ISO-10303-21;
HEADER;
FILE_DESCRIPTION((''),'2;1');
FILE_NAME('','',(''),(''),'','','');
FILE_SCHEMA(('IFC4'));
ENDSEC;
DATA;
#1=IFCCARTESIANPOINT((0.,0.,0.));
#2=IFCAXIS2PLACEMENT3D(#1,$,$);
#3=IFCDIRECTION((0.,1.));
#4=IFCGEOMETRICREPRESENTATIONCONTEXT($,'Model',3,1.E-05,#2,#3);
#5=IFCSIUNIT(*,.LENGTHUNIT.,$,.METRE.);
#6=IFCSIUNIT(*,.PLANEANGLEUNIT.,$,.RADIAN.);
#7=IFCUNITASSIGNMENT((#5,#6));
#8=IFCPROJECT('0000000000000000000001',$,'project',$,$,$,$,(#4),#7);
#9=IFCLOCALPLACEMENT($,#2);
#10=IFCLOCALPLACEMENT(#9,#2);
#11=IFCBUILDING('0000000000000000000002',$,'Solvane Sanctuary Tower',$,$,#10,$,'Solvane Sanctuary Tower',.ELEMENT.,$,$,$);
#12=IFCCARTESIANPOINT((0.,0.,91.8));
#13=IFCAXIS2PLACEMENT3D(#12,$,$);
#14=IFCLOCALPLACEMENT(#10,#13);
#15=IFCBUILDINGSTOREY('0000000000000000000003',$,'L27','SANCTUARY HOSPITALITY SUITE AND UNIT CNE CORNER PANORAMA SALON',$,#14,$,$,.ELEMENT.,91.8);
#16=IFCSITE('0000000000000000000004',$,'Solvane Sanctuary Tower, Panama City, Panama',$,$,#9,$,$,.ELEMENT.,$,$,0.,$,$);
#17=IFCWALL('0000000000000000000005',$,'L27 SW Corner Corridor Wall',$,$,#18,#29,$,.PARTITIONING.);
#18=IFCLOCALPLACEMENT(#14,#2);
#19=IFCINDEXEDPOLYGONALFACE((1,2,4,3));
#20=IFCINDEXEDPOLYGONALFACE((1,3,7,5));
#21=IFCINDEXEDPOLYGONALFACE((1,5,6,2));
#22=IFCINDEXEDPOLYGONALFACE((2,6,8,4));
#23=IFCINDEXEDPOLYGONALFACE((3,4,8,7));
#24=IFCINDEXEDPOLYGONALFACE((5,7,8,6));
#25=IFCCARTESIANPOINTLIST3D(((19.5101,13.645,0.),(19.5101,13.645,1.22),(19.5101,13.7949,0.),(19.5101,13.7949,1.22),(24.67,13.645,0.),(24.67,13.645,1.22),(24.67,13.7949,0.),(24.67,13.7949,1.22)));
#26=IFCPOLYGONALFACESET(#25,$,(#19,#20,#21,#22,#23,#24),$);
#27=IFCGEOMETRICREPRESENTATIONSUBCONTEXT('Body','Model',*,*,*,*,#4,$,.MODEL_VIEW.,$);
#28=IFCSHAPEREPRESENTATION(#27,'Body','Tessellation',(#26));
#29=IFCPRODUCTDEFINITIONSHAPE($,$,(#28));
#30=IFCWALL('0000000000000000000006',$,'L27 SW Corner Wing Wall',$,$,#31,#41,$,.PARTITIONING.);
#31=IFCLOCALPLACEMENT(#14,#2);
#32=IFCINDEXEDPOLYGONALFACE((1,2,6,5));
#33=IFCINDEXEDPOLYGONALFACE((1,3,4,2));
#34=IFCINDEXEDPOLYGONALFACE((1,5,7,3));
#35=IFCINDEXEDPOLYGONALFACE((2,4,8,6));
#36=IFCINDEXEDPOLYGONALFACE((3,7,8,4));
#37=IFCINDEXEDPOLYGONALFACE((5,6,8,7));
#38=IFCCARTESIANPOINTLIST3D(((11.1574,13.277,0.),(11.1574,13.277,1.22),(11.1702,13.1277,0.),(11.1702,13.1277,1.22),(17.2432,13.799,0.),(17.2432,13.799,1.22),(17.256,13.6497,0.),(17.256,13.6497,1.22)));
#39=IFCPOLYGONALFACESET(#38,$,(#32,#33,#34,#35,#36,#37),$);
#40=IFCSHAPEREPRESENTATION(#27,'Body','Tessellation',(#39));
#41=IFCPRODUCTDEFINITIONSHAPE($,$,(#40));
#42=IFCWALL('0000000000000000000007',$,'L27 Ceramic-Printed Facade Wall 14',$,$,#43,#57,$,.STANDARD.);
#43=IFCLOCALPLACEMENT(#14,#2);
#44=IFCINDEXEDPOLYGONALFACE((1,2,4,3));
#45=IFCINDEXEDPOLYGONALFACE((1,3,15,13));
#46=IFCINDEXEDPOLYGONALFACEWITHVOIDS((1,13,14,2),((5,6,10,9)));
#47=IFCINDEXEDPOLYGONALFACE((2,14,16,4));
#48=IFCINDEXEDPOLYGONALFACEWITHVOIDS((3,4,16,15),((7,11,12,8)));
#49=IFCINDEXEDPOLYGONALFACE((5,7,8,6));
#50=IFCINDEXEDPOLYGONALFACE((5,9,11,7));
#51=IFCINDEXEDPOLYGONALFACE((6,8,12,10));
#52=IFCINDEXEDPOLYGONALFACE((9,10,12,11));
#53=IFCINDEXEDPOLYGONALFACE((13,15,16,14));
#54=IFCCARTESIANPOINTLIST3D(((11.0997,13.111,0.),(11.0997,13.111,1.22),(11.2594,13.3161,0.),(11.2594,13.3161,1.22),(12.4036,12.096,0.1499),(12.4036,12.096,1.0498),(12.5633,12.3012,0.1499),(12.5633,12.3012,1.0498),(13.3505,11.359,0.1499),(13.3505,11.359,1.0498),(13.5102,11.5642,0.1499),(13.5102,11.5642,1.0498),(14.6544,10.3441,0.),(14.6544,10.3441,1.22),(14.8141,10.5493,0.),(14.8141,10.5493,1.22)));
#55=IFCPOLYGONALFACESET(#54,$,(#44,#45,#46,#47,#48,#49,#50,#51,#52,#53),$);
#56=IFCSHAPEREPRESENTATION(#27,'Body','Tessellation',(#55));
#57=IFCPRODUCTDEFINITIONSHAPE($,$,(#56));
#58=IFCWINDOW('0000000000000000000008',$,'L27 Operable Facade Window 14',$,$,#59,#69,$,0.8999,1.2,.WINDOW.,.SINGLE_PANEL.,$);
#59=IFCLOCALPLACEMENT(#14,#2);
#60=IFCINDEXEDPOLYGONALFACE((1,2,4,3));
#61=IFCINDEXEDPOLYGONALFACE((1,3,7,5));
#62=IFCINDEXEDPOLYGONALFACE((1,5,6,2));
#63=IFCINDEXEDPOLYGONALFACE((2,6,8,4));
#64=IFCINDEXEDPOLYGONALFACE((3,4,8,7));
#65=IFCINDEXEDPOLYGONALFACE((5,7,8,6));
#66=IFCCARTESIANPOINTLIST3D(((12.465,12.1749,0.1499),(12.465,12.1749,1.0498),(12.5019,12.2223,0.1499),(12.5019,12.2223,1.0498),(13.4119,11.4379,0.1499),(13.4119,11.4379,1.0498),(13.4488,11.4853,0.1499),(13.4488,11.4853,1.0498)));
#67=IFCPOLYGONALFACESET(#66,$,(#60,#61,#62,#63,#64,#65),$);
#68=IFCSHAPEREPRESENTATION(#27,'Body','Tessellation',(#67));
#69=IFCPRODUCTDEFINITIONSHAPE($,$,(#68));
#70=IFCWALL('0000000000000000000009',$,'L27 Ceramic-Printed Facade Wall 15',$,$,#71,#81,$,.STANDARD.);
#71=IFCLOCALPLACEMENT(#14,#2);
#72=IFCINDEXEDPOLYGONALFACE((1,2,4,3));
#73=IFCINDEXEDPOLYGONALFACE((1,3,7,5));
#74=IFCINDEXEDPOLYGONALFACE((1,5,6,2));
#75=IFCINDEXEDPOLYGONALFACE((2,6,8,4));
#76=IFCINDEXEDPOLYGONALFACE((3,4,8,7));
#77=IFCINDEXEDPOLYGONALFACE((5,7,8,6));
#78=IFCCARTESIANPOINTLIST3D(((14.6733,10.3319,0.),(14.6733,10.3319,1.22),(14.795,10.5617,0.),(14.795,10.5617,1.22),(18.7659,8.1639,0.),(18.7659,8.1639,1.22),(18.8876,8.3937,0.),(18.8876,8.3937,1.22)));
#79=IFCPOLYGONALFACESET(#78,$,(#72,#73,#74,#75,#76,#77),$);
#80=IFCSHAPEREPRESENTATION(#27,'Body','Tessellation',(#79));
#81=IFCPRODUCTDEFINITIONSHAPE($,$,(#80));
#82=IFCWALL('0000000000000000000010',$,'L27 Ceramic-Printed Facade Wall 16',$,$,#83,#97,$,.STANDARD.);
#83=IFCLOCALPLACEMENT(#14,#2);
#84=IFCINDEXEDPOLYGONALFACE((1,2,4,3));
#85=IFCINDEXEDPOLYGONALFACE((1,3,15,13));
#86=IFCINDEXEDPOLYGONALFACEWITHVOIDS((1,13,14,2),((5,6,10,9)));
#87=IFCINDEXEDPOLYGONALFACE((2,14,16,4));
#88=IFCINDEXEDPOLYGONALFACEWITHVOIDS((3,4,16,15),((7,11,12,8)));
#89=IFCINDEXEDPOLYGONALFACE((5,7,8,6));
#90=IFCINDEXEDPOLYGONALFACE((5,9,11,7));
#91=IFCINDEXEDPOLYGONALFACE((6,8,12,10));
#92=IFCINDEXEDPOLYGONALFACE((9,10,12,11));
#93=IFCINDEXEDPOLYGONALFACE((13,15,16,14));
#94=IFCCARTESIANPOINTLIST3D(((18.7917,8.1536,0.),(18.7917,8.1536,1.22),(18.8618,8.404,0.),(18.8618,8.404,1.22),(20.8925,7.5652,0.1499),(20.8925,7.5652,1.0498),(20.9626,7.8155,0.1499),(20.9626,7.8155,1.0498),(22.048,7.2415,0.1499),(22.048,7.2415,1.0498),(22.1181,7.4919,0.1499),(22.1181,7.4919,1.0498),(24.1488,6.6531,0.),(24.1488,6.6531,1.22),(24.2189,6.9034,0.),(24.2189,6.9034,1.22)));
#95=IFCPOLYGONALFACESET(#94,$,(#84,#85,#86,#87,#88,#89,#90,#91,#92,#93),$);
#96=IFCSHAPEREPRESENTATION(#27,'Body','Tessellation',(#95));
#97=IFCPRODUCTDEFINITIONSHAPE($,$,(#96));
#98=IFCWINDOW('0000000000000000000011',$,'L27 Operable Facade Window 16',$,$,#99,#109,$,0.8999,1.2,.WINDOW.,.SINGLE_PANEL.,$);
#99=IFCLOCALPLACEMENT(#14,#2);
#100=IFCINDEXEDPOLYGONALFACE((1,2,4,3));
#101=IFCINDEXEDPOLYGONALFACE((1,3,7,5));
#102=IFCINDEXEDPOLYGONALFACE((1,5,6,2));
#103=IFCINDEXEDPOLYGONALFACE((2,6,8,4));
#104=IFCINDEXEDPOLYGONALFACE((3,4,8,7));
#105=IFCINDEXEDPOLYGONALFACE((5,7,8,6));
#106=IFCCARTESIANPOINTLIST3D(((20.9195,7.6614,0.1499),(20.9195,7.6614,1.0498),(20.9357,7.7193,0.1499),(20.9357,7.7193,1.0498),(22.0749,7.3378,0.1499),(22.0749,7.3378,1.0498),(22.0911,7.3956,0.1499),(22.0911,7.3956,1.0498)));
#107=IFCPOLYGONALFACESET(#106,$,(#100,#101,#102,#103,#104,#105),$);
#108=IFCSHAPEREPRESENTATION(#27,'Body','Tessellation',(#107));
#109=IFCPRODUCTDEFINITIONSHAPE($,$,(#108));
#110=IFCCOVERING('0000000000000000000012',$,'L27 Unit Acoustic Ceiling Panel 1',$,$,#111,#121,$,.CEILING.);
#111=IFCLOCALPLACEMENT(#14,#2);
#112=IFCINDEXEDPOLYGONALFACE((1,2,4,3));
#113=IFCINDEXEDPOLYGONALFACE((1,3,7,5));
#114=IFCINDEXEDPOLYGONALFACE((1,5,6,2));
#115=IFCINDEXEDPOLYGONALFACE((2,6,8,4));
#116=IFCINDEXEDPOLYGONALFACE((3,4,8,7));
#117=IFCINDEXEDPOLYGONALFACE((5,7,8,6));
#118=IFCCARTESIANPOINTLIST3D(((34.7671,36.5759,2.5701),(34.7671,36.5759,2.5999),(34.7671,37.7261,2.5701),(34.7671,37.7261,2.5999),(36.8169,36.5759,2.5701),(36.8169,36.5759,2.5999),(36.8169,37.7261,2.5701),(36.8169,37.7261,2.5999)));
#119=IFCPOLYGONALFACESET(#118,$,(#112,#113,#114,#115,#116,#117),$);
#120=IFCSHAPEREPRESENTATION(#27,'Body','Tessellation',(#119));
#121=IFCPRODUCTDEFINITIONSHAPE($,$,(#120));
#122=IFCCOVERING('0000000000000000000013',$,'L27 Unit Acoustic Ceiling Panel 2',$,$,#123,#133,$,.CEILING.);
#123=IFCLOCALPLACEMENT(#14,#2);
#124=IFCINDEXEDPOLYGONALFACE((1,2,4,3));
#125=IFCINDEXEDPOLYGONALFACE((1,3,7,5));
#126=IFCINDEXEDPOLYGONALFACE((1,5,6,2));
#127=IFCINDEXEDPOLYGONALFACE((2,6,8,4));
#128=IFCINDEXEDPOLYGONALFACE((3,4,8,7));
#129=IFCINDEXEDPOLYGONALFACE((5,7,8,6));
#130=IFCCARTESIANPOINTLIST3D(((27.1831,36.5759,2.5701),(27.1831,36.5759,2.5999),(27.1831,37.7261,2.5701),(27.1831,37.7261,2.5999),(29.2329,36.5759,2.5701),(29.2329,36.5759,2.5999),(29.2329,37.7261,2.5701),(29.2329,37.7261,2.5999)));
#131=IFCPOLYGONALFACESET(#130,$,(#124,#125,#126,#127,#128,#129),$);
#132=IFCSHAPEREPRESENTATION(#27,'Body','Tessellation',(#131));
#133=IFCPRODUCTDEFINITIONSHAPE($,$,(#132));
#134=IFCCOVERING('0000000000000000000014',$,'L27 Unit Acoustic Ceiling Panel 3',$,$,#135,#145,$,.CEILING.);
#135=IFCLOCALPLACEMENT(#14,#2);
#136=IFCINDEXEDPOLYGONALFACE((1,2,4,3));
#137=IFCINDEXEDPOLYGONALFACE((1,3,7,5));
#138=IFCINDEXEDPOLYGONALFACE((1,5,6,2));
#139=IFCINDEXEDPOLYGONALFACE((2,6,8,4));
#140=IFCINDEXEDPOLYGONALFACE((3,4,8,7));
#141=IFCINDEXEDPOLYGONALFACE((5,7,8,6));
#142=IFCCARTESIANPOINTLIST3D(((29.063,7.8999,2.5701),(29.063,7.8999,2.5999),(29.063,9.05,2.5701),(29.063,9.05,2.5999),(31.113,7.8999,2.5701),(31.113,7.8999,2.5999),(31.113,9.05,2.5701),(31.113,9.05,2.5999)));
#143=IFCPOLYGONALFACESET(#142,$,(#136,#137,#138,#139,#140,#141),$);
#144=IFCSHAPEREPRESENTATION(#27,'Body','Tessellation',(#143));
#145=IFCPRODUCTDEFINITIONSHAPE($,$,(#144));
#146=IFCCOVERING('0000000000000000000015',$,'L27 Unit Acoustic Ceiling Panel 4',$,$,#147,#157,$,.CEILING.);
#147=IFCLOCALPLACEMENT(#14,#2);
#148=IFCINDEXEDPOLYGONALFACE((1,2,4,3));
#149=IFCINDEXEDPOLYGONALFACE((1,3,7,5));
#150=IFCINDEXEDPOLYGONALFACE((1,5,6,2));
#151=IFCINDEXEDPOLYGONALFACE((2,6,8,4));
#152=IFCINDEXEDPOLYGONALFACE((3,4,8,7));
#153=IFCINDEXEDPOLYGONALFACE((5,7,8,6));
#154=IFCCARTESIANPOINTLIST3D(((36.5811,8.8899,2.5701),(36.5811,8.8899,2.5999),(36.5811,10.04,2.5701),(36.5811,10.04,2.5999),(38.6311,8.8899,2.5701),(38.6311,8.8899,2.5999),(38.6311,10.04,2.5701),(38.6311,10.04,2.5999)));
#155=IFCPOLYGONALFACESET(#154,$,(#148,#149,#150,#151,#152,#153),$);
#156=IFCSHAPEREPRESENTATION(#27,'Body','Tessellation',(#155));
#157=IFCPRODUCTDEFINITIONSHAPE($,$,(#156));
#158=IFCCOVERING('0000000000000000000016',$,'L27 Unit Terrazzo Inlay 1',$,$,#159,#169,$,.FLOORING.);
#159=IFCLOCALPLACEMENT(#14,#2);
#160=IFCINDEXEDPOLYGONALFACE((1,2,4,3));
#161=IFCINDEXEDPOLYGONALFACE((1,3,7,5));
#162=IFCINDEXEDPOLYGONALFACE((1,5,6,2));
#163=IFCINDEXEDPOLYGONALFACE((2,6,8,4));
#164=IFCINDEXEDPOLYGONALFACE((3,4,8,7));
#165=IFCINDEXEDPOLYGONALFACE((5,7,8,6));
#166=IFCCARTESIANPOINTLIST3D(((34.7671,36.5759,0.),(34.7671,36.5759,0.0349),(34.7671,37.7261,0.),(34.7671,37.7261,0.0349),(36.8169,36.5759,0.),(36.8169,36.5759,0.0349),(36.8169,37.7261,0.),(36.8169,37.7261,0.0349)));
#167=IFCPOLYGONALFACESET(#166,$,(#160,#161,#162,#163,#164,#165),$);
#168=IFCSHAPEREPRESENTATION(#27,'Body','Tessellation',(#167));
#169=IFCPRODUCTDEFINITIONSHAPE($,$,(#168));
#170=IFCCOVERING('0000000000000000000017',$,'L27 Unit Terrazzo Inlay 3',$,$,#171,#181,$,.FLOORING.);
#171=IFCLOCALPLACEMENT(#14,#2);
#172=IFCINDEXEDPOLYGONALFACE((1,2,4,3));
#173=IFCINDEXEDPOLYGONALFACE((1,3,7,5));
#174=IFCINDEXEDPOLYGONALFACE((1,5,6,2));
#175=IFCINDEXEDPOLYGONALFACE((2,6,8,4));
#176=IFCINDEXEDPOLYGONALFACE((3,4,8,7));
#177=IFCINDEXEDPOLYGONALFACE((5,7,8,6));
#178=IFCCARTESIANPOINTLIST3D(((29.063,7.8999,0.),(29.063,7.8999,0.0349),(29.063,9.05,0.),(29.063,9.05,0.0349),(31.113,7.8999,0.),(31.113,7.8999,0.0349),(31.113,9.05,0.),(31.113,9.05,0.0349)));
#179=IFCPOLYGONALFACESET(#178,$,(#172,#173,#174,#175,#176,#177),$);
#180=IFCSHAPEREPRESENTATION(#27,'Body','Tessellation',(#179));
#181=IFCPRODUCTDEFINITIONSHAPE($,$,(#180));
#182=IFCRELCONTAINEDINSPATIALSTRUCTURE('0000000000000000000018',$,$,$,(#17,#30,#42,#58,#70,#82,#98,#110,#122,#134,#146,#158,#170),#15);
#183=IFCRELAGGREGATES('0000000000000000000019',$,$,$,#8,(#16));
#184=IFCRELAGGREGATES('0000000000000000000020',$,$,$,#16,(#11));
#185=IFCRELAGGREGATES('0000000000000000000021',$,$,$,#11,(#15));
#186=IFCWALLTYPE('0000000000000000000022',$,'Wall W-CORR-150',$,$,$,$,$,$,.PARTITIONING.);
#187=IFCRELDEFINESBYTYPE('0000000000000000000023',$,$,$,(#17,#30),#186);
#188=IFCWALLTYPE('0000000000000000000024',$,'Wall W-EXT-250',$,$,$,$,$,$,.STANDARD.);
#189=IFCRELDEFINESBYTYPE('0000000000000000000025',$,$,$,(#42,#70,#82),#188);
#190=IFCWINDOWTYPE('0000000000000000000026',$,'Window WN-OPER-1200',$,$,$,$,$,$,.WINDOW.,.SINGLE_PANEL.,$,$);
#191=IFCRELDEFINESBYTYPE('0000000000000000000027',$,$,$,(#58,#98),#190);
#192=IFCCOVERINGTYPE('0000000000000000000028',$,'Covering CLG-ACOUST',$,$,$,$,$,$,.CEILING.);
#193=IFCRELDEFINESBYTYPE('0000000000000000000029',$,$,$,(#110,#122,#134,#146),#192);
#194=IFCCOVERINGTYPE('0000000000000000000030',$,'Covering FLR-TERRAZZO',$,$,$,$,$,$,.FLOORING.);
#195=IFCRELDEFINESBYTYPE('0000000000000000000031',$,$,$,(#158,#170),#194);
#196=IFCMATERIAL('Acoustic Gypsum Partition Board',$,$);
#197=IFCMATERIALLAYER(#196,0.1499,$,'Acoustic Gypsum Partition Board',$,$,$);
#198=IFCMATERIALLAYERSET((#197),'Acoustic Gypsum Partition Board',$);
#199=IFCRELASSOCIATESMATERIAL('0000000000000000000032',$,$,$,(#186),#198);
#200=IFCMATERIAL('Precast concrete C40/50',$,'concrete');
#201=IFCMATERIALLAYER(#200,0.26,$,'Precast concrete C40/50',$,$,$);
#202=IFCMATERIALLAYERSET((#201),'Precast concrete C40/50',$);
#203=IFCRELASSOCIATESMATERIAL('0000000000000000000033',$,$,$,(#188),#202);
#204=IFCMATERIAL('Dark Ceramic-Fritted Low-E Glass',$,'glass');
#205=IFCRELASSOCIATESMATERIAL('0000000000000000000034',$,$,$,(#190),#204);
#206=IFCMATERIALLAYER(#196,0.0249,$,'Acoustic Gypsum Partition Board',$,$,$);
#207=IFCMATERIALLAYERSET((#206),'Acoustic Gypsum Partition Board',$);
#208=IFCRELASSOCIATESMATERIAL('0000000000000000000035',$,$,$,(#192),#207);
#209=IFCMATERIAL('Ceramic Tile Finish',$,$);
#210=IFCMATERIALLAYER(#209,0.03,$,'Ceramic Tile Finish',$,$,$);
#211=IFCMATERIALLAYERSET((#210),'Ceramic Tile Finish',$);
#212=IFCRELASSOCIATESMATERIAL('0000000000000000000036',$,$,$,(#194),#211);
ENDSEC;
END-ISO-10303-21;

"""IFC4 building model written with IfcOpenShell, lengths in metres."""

from ifc_helpers import new_model, si_unit, direction, frame, frame_2d, origin, place, context, subcontext, project, spatial, polyline, rectangle, outline, extrude, material, layer, layer_set, type_object, element, fill, save


model = new_model("IFC4")

# Units and contexts
model_context = context("Model", 3, precision=1e-05, world=origin(), true_north=direction((0.0, 1.0)))
body_context = subcontext(model_context, "Body", "Model", "MODEL_VIEW")
ifc_project = project(units=[si_unit("LENGTHUNIT", "METRE"), si_unit("PLANEANGLEUNIT", "RADIAN")], contexts=[model_context])

# Site, building, storey
site_placement = place(None, origin())
site = spatial("IfcSite", under=ifc_project, at=site_placement, Name="Solvane Sanctuary Tower, Panama City, Panama", CompositionType="ELEMENT", RefElevation=0.0)
building_placement = place(site_placement, origin())
building = spatial("IfcBuilding", under=site, at=building_placement, Name="Solvane Sanctuary Tower", LongName="Solvane Sanctuary Tower", CompositionType="ELEMENT")
storey_placement = place(building_placement, frame((0.0, 0.0, 91.8)))
storey = spatial("IfcBuildingStorey", under=building, at=storey_placement, Name="L27", Description="SANCTUARY HOSPITALITY SUITE AND UNIT CNE CORNER PANORAMA SALON", CompositionType="ELEMENT", Elevation=91.8)

# Shared definitions
ifc_material_1 = material(Name="Acoustic Gypsum Partition Board")
ifc_layer_1 = layer(ifc_material_1, 0.1499, Name="Acoustic Gypsum Partition Board")
ifc_layer_set_1 = layer_set([ifc_layer_1], Name="Acoustic Gypsum Partition Board")
wall_type_1 = type_object("IfcWallType", Name="Wall W-CORR-150", PredefinedType="PARTITIONING", material=ifc_layer_set_1)

# Walls
wall_1_placement = place(storey_placement, frame((19.51, 13.72, 0.0), z_axis=(0.0, 0.0, 1.0), x_axis=(1.0, 0.0, 0.0)))
element("IfcWall", 1, at=wall_1_placement, inside=storey, type_object=wall_type_1, Name="L27 SW Corner Corridor Wall", PredefinedType="PARTITIONING", context=body_context, shape_type="SweptSolid", body=[
    extrude(rectangle(XDim=5.1599, YDim=0.1499, at=frame_2d((2.5801, 0.0))), origin(), (0.0, 0.0, 1.0), 1.22),
])
wall_2_placement = place(storey_placement, frame((17.2498, 13.7244, 0.0), z_axis=(0.0, 0.0, 1.0), x_axis=(-0.996342, -0.085457, 0.0)))
element("IfcWall", 2, at=wall_2_placement, inside=storey, type_object=wall_type_1, Name="L27 SW Corner Wing Wall", PredefinedType="PARTITIONING", context=body_context, shape_type="SweptSolid", body=[
    extrude(rectangle(XDim=6.1082, YDim=0.1499, at=frame_2d((3.0542, 0.0))), origin(), (0.0, 0.0, 1.0), 1.22),
])

# Wall, opening, window
ifc_material_2 = material(Name="Precast concrete C40/50", Category="concrete")
ifc_layer_2 = layer(ifc_material_2, 0.26, Name="Precast concrete C40/50")
ifc_layer_set_2 = layer_set([ifc_layer_2], Name="Precast concrete C40/50")
wall_type_2 = type_object("IfcWallType", Name="Wall W-EXT-250", PredefinedType="STANDARD", material=ifc_layer_set_2)
wall_3_placement = place(storey_placement, frame((11.1794, 13.2136, 0.0), z_axis=(0.0, 0.0, 1.0), x_axis=(0.789127, -0.614229, 0.0)))
wall_3 = element("IfcWall", 3, at=wall_3_placement, inside=storey, type_object=wall_type_2, Name="L27 Ceramic-Printed Facade Wall 14", PredefinedType="STANDARD", context=body_context, shape_type="SweptSolid", body=[
    extrude(rectangle(XDim=4.5046, YDim=0.26, at=frame_2d((2.2524, 0.0))), origin(), (0.0, 0.0, 1.0), 1.22),
])
opening_1_placement = place(wall_3_placement, frame((1.6523, 0.0, 0.1499)))
opening_1 = element("IfcOpeningElement", 4, at=opening_1_placement, cuts=wall_3, PredefinedType="OPENING", context=body_context, shape_type="SweptSolid", body=[
    extrude(rectangle(XDim=1.2, YDim=0.8999, at=frame_2d((0.6001, 0.45))), frame((0.0, 0.1399, 0.0), z_axis=(0.0, -1.0, 0.0), x_axis=(1.0, 0.0, 0.0)), (0.0, 0.0, 1.0), 0.28),
])
ifc_material_3 = material(Name="Dark Ceramic-Fritted Low-E Glass", Category="glass")
window_type = type_object("IfcWindowType", Name="Window WN-OPER-1200", PartitioningType="SINGLE_PANEL", PredefinedType="WINDOW", material=ifc_material_3)
window_1_placement = place(opening_1_placement, origin())
window_1 = element("IfcWindow", 5, at=window_1_placement, inside=storey, type_object=window_type, Name="L27 Operable Facade Window 14", OverallHeight=0.8999, OverallWidth=1.2, PartitioningType="SINGLE_PANEL", PredefinedType="WINDOW", context=body_context, shape_type="SweptSolid", body=[
    extrude(rectangle(XDim=1.2, YDim=0.8999, at=frame_2d((0.6001, 0.45))), frame((0.0, 0.03, 0.0), z_axis=(0.0, -1.0, 0.0), x_axis=(1.0, 0.0, 0.0)), (0.0, 0.0, 1.0), 0.0601),
])
fill(opening_1, window_1)

# Wall
wall_4_placement = place(storey_placement, frame((14.7341, 10.4468, 0.0), z_axis=(0.0, 0.0, 1.0), x_axis=(0.883669, -0.468113, 0.0)))
element("IfcWall", 6, at=wall_4_placement, inside=storey, type_object=wall_type_2, Name="L27 Ceramic-Printed Facade Wall 15", PredefinedType="STANDARD", context=body_context, shape_type="SweptSolid", body=[
    extrude(rectangle(XDim=4.6313, YDim=0.26, at=frame_2d((2.3157, 0.0))), origin(), (0.0, 0.0, 1.0), 1.22),
])

# Wall, opening, window
wall_5_placement = place(storey_placement, frame((18.8267, 8.2788, 0.0), z_axis=(0.0, 0.0, 1.0), x_axis=(0.962938, -0.269721, 0.0)))
wall_5 = element("IfcWall", 7, at=wall_5_placement, inside=storey, type_object=wall_type_2, Name="L27 Ceramic-Printed Facade Wall 16", PredefinedType="STANDARD", context=body_context, shape_type="SweptSolid", body=[
    extrude(rectangle(XDim=5.5632, YDim=0.26, at=frame_2d((2.7817, 0.0))), origin(), (0.0, 0.0, 1.0), 1.22),
])
opening_2_placement = place(wall_5_placement, frame((2.1816, 0.0, 0.1499)))
opening_2 = element("IfcOpeningElement", 8, at=opening_2_placement, cuts=wall_5, PredefinedType="OPENING", context=body_context, shape_type="SweptSolid", body=[
    extrude(rectangle(XDim=1.2, YDim=0.8999, at=frame_2d((0.6001, 0.45))), frame((0.0, 0.1399, 0.0), z_axis=(0.0, -1.0, 0.0), x_axis=(1.0, 0.0, 0.0)), (0.0, 0.0, 1.0), 0.28),
])
window_2_placement = place(opening_2_placement, origin())
window_2 = element("IfcWindow", 9, at=window_2_placement, inside=storey, type_object=window_type, Name="L27 Operable Facade Window 16", OverallHeight=0.8999, OverallWidth=1.2, PartitioningType="SINGLE_PANEL", PredefinedType="WINDOW", context=body_context, shape_type="SweptSolid", body=[
    extrude(rectangle(XDim=1.2, YDim=0.8999, at=frame_2d((0.6001, 0.45))), frame((0.0, 0.03, 0.0), z_axis=(0.0, -1.0, 0.0), x_axis=(1.0, 0.0, 0.0)), (0.0, 0.0, 1.0), 0.0601),
])
fill(opening_2, window_2)

# Coverings
ifc_layer_3 = layer(ifc_material_1, 0.0249, Name="Acoustic Gypsum Partition Board")
ifc_layer_set_3 = layer_set([ifc_layer_3], Name="Acoustic Gypsum Partition Board")
covering_type_1 = type_object("IfcCoveringType", Name="Covering CLG-ACOUST", PredefinedType="CEILING", material=ifc_layer_set_3)
covering_1_placement = place(storey_placement, frame((0.0, 0.0, 2.5701)))
element("IfcCovering", 10, at=covering_1_placement, inside=storey, type_object=covering_type_1, Name="L27 Unit Acoustic Ceiling Panel 1", PredefinedType="CEILING", context=body_context, shape_type="SweptSolid", body=[
    extrude(outline(polyline([(34.7671, 36.5759), (36.8169, 36.5759), (36.8169, 37.7261), (34.7671, 37.7261), (34.7671, 36.5759)])), origin(), (0.0, 0.0, 1.0), 0.0298),
])
covering_2_placement = place(storey_placement, frame((0.0, 0.0, 2.5701)))
element("IfcCovering", 11, at=covering_2_placement, inside=storey, type_object=covering_type_1, Name="L27 Unit Acoustic Ceiling Panel 2", PredefinedType="CEILING", context=body_context, shape_type="SweptSolid", body=[
    extrude(outline(polyline([(27.1831, 36.5759), (29.2329, 36.5759), (29.2329, 37.7261), (27.1831, 37.7261), (27.1831, 36.5759)])), origin(), (0.0, 0.0, 1.0), 0.0298),
])
covering_3_placement = place(storey_placement, frame((0.0, 0.0, 2.5701)))
element("IfcCovering", 12, at=covering_3_placement, inside=storey, type_object=covering_type_1, Name="L27 Unit Acoustic Ceiling Panel 3", PredefinedType="CEILING", context=body_context, shape_type="SweptSolid", body=[
    extrude(outline(polyline([(29.063, 7.8999), (31.113, 7.8999), (31.113, 9.05), (29.063, 9.05), (29.063, 7.8999)])), origin(), (0.0, 0.0, 1.0), 0.0298),
])
covering_4_placement = place(storey_placement, frame((0.0, 0.0, 2.5701)))
element("IfcCovering", 13, at=covering_4_placement, inside=storey, type_object=covering_type_1, Name="L27 Unit Acoustic Ceiling Panel 4", PredefinedType="CEILING", context=body_context, shape_type="SweptSolid", body=[
    extrude(outline(polyline([(36.5811, 8.8899), (38.6311, 8.8899), (38.6311, 10.04), (36.5811, 10.04), (36.5811, 8.8899)])), origin(), (0.0, 0.0, 1.0), 0.0298),
])
ifc_material_4 = material(Name="Ceramic Tile Finish")
ifc_layer_4 = layer(ifc_material_4, 0.03, Name="Ceramic Tile Finish")
ifc_layer_set_4 = layer_set([ifc_layer_4], Name="Ceramic Tile Finish")
covering_type_2 = type_object("IfcCoveringType", Name="Covering FLR-TERRAZZO", PredefinedType="FLOORING", material=ifc_layer_set_4)
covering_5_placement = place(storey_placement, origin())
element("IfcCovering", 14, at=covering_5_placement, inside=storey, type_object=covering_type_2, Name="L27 Unit Terrazzo Inlay 1", PredefinedType="FLOORING", context=body_context, shape_type="SweptSolid", body=[
    extrude(outline(polyline([(34.7671, 36.5759), (36.8169, 36.5759), (36.8169, 37.7261), (34.7671, 37.7261), (34.7671, 36.5759)])), origin(), (0.0, 0.0, 1.0), 0.0349),
])
covering_6_placement = place(storey_placement, origin())
element("IfcCovering", 15, at=covering_6_placement, inside=storey, type_object=covering_type_2, Name="L27 Unit Terrazzo Inlay 3", PredefinedType="FLOORING", context=body_context, shape_type="SweptSolid", body=[
    extrude(outline(polyline([(29.063, 7.8999), (31.113, 7.8999), (31.113, 9.05), (29.063, 9.05), (29.063, 7.8999)])), origin(), (0.0, 0.0, 1.0), 0.0349),
])

save(model, "model.ifc")
